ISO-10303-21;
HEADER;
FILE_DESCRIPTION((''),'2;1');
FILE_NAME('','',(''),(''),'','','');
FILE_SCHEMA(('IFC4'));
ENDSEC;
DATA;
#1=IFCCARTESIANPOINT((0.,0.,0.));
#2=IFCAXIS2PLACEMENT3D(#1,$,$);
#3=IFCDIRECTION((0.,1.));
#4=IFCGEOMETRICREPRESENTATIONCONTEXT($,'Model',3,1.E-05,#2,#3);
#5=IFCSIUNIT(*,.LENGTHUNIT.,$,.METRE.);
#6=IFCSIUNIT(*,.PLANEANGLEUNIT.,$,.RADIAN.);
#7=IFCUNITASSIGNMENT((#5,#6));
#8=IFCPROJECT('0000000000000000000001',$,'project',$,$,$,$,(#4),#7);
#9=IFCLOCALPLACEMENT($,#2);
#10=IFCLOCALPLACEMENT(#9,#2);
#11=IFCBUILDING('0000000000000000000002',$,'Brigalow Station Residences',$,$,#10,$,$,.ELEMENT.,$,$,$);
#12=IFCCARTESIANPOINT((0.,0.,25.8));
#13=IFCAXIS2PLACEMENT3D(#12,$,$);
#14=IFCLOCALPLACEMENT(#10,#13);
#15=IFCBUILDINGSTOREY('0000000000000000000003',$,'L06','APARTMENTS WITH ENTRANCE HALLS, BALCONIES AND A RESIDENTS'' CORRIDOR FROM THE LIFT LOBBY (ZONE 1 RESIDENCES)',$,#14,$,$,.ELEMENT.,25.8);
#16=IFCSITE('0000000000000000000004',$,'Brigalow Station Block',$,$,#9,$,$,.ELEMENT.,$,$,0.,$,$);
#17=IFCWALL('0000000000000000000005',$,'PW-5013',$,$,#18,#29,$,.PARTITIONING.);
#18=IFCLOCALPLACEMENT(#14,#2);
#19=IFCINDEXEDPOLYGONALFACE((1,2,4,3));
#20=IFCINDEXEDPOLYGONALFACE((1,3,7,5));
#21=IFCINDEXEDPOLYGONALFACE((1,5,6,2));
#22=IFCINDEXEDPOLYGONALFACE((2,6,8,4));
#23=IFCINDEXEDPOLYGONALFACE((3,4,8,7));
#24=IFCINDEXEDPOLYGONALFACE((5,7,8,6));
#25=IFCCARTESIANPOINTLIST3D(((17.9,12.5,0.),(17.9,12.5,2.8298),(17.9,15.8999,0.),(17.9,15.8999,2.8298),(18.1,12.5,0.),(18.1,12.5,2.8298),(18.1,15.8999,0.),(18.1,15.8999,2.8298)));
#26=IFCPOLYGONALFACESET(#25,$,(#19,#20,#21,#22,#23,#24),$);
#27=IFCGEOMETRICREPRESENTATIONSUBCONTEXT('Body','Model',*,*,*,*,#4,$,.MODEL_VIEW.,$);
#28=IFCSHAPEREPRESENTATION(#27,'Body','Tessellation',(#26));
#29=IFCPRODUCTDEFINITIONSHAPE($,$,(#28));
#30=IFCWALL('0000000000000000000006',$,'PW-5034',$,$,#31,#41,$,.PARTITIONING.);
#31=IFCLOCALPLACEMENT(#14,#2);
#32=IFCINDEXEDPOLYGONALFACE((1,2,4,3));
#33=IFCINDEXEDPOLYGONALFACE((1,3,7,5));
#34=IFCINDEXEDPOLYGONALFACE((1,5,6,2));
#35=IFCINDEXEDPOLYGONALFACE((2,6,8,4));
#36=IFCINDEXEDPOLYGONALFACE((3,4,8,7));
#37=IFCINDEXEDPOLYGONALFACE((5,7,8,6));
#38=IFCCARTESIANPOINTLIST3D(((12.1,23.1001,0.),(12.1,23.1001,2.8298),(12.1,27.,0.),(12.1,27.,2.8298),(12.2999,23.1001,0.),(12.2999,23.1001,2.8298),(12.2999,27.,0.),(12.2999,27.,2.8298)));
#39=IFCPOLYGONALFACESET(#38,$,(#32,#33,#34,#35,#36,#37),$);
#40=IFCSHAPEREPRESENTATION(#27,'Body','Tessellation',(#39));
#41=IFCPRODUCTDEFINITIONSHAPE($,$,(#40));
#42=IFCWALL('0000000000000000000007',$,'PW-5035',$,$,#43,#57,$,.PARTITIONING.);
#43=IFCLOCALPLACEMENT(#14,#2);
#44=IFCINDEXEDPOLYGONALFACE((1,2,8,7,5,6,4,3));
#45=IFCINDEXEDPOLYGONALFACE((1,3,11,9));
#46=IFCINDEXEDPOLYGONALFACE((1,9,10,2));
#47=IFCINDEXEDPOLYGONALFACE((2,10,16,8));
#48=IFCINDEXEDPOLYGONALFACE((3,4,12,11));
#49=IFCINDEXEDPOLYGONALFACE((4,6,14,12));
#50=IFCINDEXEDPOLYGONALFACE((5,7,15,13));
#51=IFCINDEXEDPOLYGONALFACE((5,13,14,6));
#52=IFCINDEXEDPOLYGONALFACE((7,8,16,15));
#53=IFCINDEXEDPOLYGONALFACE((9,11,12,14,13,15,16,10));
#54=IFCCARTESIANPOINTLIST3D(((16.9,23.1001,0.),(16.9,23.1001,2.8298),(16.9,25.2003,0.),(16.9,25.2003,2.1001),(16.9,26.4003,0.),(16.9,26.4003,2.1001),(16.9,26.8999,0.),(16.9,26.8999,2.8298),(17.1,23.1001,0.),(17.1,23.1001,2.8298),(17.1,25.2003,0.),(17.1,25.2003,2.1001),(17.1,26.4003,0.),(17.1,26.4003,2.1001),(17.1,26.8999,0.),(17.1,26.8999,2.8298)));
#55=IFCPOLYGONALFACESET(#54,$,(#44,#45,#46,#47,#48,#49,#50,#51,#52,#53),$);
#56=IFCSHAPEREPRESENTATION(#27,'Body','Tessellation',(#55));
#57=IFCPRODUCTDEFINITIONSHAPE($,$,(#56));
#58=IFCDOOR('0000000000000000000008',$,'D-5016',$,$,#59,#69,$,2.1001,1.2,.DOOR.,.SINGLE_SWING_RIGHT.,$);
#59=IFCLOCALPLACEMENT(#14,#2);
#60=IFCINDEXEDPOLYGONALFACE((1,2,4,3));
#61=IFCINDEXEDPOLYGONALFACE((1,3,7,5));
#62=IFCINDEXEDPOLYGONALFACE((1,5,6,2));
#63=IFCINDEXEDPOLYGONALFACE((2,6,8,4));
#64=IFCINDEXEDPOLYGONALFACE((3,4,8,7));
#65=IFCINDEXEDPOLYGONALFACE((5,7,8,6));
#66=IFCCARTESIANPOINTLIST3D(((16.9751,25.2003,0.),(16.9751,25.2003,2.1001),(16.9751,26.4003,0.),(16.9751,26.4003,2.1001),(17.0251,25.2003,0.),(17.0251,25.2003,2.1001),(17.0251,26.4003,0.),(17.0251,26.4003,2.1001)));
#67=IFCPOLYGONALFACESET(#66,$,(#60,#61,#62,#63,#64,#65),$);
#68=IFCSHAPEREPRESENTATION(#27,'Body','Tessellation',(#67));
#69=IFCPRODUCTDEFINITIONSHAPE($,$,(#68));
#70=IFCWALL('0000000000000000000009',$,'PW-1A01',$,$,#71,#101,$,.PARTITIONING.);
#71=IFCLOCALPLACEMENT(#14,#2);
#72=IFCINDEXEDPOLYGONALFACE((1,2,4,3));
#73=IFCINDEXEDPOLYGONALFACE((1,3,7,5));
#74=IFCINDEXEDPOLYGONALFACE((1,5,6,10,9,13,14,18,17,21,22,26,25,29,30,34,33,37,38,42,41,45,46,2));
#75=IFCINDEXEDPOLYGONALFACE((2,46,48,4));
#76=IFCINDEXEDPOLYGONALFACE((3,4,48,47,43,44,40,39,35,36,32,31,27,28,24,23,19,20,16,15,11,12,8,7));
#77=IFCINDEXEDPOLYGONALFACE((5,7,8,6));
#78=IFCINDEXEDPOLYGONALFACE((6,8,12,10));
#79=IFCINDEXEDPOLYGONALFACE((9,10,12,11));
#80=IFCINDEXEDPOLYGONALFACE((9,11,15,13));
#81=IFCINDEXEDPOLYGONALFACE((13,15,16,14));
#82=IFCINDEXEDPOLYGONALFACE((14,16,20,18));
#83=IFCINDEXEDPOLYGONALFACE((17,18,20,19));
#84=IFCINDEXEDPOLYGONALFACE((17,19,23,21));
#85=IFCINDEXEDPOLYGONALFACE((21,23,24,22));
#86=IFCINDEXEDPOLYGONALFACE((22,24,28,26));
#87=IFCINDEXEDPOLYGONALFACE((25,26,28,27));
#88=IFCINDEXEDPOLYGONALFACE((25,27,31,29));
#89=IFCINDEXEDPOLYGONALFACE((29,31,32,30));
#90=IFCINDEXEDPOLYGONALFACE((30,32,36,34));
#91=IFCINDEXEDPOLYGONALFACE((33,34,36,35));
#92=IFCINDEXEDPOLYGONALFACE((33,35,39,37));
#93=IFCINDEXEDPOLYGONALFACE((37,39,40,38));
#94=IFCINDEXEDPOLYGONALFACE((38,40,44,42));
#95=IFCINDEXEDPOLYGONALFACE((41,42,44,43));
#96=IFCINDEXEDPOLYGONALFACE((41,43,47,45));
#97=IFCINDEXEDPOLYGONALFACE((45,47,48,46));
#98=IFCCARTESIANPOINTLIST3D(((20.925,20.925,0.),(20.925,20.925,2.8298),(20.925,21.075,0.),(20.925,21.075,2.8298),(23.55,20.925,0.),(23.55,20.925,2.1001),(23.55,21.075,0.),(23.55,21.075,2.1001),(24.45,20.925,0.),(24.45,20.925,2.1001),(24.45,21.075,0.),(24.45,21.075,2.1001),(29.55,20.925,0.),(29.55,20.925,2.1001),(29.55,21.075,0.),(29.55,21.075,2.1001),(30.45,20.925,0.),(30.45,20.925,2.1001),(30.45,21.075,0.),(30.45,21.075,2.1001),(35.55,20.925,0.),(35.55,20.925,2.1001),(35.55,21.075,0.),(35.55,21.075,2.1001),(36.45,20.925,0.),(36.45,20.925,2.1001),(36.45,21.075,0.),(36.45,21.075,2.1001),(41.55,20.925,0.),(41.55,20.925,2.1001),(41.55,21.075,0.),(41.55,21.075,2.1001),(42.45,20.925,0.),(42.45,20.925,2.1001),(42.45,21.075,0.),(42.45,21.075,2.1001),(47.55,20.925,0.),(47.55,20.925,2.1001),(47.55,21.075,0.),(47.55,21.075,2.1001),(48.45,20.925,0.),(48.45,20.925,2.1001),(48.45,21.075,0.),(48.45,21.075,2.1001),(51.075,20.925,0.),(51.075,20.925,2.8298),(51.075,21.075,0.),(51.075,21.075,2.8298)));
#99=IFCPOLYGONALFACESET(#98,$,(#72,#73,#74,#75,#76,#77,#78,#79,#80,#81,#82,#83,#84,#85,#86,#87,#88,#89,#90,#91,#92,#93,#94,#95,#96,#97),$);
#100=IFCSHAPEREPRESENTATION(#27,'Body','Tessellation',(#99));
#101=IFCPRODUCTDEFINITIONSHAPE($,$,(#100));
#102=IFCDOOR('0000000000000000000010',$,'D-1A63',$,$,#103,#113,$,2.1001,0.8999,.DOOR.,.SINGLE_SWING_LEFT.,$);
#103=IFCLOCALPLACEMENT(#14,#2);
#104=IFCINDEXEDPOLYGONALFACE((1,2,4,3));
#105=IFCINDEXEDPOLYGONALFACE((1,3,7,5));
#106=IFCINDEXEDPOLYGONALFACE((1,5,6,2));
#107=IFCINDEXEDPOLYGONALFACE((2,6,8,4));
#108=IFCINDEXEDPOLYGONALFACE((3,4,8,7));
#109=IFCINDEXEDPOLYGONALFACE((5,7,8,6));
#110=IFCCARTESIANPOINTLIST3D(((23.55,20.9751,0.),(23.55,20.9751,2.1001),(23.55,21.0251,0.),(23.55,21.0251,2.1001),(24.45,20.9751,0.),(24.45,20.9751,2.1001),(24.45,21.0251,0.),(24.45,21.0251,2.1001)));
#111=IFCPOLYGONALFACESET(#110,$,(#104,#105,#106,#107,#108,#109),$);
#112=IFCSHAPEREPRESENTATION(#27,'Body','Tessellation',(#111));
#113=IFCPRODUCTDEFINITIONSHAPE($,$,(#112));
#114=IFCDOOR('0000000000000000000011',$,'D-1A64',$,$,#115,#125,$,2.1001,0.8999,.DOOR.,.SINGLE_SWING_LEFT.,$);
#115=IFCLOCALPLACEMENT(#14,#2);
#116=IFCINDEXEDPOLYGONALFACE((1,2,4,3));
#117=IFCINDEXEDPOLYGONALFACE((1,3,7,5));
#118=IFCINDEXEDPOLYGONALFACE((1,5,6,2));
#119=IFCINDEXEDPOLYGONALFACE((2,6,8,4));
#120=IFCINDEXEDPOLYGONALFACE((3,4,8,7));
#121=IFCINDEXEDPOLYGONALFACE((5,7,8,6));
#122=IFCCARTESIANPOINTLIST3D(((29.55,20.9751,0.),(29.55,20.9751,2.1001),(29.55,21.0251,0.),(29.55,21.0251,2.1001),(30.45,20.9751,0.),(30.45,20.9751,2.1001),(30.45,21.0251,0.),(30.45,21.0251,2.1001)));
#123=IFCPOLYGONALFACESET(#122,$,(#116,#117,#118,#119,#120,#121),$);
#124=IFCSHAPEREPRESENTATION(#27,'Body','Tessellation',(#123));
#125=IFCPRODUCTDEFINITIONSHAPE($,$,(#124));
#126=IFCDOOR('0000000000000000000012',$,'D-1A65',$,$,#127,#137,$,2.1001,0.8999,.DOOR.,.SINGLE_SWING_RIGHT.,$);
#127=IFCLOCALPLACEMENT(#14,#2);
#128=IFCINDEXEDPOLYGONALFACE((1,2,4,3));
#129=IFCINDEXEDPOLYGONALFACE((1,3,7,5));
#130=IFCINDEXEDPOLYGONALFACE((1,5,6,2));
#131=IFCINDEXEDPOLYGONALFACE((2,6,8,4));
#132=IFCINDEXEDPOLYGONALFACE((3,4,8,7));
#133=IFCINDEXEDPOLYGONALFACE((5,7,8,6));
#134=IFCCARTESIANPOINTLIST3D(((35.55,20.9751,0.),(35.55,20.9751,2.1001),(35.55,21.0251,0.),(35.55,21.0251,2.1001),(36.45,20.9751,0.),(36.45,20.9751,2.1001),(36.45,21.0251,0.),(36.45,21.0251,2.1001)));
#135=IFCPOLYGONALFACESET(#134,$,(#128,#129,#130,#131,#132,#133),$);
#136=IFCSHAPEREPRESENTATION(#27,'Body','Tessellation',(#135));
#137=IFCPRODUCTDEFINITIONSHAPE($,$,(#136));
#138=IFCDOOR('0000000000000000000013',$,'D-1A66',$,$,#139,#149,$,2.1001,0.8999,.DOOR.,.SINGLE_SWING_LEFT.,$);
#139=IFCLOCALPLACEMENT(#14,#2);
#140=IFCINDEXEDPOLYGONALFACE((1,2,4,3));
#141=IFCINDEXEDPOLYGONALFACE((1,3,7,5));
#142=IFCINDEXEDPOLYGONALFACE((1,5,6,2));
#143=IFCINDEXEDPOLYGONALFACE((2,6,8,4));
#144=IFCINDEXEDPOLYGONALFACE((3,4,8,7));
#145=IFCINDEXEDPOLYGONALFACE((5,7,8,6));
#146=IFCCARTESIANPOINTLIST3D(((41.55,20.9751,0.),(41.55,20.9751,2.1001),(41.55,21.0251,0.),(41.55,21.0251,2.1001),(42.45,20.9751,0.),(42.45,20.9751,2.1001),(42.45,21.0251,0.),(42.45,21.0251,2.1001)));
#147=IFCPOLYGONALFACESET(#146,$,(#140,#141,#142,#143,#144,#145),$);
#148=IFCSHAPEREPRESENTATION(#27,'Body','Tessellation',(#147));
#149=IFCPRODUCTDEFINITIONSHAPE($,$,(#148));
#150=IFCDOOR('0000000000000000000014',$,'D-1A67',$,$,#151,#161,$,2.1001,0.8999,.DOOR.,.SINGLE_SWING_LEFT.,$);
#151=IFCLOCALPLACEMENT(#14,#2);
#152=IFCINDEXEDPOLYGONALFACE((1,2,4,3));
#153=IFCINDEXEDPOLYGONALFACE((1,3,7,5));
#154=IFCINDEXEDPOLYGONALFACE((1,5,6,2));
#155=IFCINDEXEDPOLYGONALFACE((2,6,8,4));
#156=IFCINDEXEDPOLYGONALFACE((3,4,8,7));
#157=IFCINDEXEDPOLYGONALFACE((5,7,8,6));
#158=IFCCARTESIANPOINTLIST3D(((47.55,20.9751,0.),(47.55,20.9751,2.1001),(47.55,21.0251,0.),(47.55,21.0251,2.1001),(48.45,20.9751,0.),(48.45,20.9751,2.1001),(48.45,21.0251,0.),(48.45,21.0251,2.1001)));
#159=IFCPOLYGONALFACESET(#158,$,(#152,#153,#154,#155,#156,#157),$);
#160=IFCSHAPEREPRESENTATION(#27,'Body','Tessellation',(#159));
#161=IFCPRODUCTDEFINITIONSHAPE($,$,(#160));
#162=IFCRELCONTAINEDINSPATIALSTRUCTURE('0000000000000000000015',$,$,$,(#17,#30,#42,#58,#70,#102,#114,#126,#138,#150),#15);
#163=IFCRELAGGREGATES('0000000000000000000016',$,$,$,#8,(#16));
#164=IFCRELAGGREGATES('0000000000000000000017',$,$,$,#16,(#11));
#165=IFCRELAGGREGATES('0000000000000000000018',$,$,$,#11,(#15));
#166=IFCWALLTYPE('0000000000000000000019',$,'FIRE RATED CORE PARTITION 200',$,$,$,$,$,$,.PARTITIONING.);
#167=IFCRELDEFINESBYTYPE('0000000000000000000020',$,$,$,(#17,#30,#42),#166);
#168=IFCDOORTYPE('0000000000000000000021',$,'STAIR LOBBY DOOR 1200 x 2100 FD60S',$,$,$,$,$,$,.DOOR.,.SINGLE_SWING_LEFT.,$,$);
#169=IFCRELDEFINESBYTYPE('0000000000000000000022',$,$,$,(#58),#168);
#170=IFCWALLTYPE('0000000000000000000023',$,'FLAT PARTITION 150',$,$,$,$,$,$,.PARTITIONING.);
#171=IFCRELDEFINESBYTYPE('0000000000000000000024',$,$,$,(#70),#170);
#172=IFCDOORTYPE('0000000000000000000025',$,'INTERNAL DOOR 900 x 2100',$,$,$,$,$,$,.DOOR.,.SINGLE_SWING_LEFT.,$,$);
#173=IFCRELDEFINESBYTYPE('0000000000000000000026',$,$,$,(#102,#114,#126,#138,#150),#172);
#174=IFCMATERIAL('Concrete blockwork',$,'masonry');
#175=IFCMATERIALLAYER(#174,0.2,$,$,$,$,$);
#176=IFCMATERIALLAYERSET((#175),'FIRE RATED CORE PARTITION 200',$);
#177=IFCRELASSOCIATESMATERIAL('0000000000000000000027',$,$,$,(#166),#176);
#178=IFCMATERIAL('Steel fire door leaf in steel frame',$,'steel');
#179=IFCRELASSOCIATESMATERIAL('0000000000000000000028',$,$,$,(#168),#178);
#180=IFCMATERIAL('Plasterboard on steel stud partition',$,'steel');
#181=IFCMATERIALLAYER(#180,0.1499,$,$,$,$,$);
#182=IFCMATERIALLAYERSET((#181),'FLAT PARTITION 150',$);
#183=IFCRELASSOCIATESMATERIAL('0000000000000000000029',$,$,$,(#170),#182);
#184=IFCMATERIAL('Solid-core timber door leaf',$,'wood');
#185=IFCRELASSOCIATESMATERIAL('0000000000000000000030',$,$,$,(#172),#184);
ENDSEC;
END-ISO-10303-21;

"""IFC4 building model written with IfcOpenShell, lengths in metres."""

from ifc_helpers import new_model, si_unit, direction, frame, frame_2d, origin, place, context, subcontext, project, spatial, rectangle, extrude, material, layer, layer_set, type_object, element, fill, save


model = new_model("IFC4")

# Units and contexts
model_context = context("Model", 3, precision=1e-05, world=origin(), true_north=direction((0.0, 1.0)))
body_context = subcontext(model_context, "Body", "Model", "MODEL_VIEW")
ifc_project = project(units=[si_unit("LENGTHUNIT", "METRE"), si_unit("PLANEANGLEUNIT", "RADIAN")], contexts=[model_context])

# Site, building, storey
site_placement = place(None, origin())
site = spatial("IfcSite", under=ifc_project, at=site_placement, Name="Brigalow Station Block", CompositionType="ELEMENT", RefElevation=0.0)
building_placement = place(site_placement, origin())
building = spatial("IfcBuilding", under=site, at=building_placement, Name="Brigalow Station Residences", CompositionType="ELEMENT")
storey_placement = place(building_placement, frame((0.0, 0.0, 25.8)))
storey = spatial("IfcBuildingStorey", under=building, at=storey_placement, Name="L06", Description="APARTMENTS WITH ENTRANCE HALLS, BALCONIES AND A RESIDENTS' CORRIDOR FROM THE LIFT LOBBY (ZONE 1 RESIDENCES)", CompositionType="ELEMENT", Elevation=25.8)

# Walls
ifc_material_1 = material(Name="Concrete blockwork", Category="masonry")
ifc_layer_1 = layer(ifc_material_1, 0.2)
ifc_layer_set_1 = layer_set([ifc_layer_1], Name="FIRE RATED CORE PARTITION 200")
wall_type_1 = type_object("IfcWallType", Name="FIRE RATED CORE PARTITION 200", PredefinedType="PARTITIONING", material=ifc_layer_set_1)
wall_1_placement = place(storey_placement, frame((18.0, 12.5, 0.0), z_axis=(0.0, 0.0, 1.0), x_axis=(0.0, 1.0, 0.0)))
element("IfcWall", 1, at=wall_1_placement, inside=storey, type_object=wall_type_1, Name="PW-5013", PredefinedType="PARTITIONING", context=body_context, shape_type="SweptSolid", body=[
    extrude(rectangle(XDim=3.3999, YDim=0.2, at=frame_2d((1.7, 0.0))), origin(), (0.0, 0.0, 1.0), 2.8298),
])
wall_2_placement = place(storey_placement, frame((12.2, 23.1001, 0.0), z_axis=(0.0, 0.0, 1.0), x_axis=(0.0, 1.0, 0.0)))
element("IfcWall", 2, at=wall_2_placement, inside=storey, type_object=wall_type_1, Name="PW-5034", PredefinedType="PARTITIONING", context=body_context, shape_type="SweptSolid", body=[
    extrude(rectangle(XDim=3.8999, YDim=0.2, at=frame_2d((1.95, 0.0))), origin(), (0.0, 0.0, 1.0), 2.8298),
])

# Wall, opening, door
wall_3_placement = place(storey_placement, frame((17.0, 23.1001, 0.0), z_axis=(0.0, 0.0, 1.0), x_axis=(0.0, 1.0, 0.0)))
wall_3 = element("IfcWall", 3, at=wall_3_placement, inside=storey, type_object=wall_type_1, Name="PW-5035", PredefinedType="PARTITIONING", context=body_context, shape_type="SweptSolid", body=[
    extrude(rectangle(XDim=3.7998, YDim=0.2, at=frame_2d((1.8999, 0.0))), origin(), (0.0, 0.0, 1.0), 2.8298),
])
opening_1_placement = place(wall_3_placement, frame((2.1001, 0.0, 0.0)))
opening_1 = element("IfcOpeningElement", 4, at=opening_1_placement, cuts=wall_3, PredefinedType="OPENING", context=body_context, shape_type="SweptSolid", body=[
    extrude(rectangle(XDim=1.2, YDim=2.1001, at=frame_2d((0.6001, 1.05))), frame((0.0, 0.1099, 0.0), z_axis=(0.0, -1.0, 0.0), x_axis=(1.0, 0.0, 0.0)), (0.0, 0.0, 1.0), 0.22),
])
ifc_material_2 = material(Name="Steel fire door leaf in steel frame", Category="steel")
door_type_1 = type_object("IfcDoorType", Name="STAIR LOBBY DOOR 1200 x 2100 FD60S", OperationType="SINGLE_SWING_LEFT", PredefinedType="DOOR", material=ifc_material_2)
door_1_placement = place(opening_1_placement, origin())
door_1 = element("IfcDoor", 5, at=door_1_placement, inside=storey, type_object=door_type_1, Name="D-5016", OperationType="SINGLE_SWING_RIGHT", OverallHeight=2.1001, OverallWidth=1.2, PredefinedType="DOOR", context=body_context, shape_type="SweptSolid", body=[
    extrude(rectangle(XDim=1.2, YDim=2.1001, at=frame_2d((0.6001, 1.05))), frame((0.0, 0.0249, 0.0), z_axis=(0.0, -1.0, 0.0), x_axis=(1.0, 0.0, 0.0)), (0.0, 0.0, 1.0), 0.05),
])
fill(opening_1, door_1)

# Wall, openings, doors
ifc_material_3 = material(Name="Plasterboard on steel stud partition", Category="steel")
ifc_layer_2 = layer(ifc_material_3, 0.1499)
ifc_layer_set_2 = layer_set([ifc_layer_2], Name="FLAT PARTITION 150")
wall_type_2 = type_object("IfcWallType", Name="FLAT PARTITION 150", PredefinedType="PARTITIONING", material=ifc_layer_set_2)
wall_4_placement = place(storey_placement, frame((20.925, 21.0, 0.0), z_axis=(0.0, 0.0, 1.0), x_axis=(1.0, 0.0, 0.0)))
wall_4 = element("IfcWall", 6, at=wall_4_placement, inside=storey, type_object=wall_type_2, Name="PW-1A01", PredefinedType="PARTITIONING", context=body_context, shape_type="SweptSolid", body=[
    extrude(rectangle(XDim=30.1499, YDim=0.1499, at=frame_2d((15.075, 0.0))), origin(), (0.0, 0.0, 1.0), 2.8298),
])
opening_2_placement = place(wall_4_placement, frame((2.625, 0.0, 0.0)))
opening_2 = element("IfcOpeningElement", 7, at=opening_2_placement, cuts=wall_4, PredefinedType="OPENING", context=body_context, shape_type="SweptSolid", body=[
    extrude(rectangle(XDim=0.8999, YDim=2.1001, at=frame_2d((0.45, 1.05))), frame((0.0, 0.085, 0.0), z_axis=(0.0, -1.0, 0.0), x_axis=(1.0, 0.0, 0.0)), (0.0, 0.0, 1.0), 0.1699),
])
opening_3_placement = place(wall_4_placement, frame((8.625, 0.0, 0.0)))
opening_3 = element("IfcOpeningElement", 8, at=opening_3_placement, cuts=wall_4, PredefinedType="OPENING", context=body_context, shape_type="SweptSolid", body=[
    extrude(rectangle(XDim=0.8999, YDim=2.1001, at=frame_2d((0.45, 1.05))), frame((0.0, 0.085, 0.0), z_axis=(0.0, -1.0, 0.0), x_axis=(1.0, 0.0, 0.0)), (0.0, 0.0, 1.0), 0.1699),
])
opening_4_placement = place(wall_4_placement, frame((14.625, 0.0, 0.0)))
opening_4 = element("IfcOpeningElement", 9, at=opening_4_placement, cuts=wall_4, PredefinedType="OPENING", context=body_context, shape_type="SweptSolid", body=[
    extrude(rectangle(XDim=0.8999, YDim=2.1001, at=frame_2d((0.45, 1.05))), frame((0.0, 0.085, 0.0), z_axis=(0.0, -1.0, 0.0), x_axis=(1.0, 0.0, 0.0)), (0.0, 0.0, 1.0), 0.1699),
])
opening_5_placement = place(wall_4_placement, frame((20.625, 0.0, 0.0)))
opening_5 = element("IfcOpeningElement", 10, at=opening_5_placement, cuts=wall_4, PredefinedType="OPENING", context=body_context, shape_type="SweptSolid", body=[
    extrude(rectangle(XDim=0.8999, YDim=2.1001, at=frame_2d((0.45, 1.05))), frame((0.0, 0.085, 0.0), z_axis=(0.0, -1.0, 0.0), x_axis=(1.0, 0.0, 0.0)), (0.0, 0.0, 1.0), 0.1699),
])
opening_6_placement = place(wall_4_placement, frame((26.625, 0.0, 0.0)))
opening_6 = element("IfcOpeningElement", 11, at=opening_6_placement, cuts=wall_4, PredefinedType="OPENING", context=body_context, shape_type="SweptSolid", body=[
    extrude(rectangle(XDim=0.8999, YDim=2.1001, at=frame_2d((0.45, 1.05))), frame((0.0, 0.085, 0.0), z_axis=(0.0, -1.0, 0.0), x_axis=(1.0, 0.0, 0.0)), (0.0, 0.0, 1.0), 0.1699),
])
ifc_material_4 = material(Name="Solid-core timber door leaf", Category="wood")
door_type_2 = type_object("IfcDoorType", Name="INTERNAL DOOR 900 x 2100", OperationType="SINGLE_SWING_LEFT", PredefinedType="DOOR", material=ifc_material_4)
door_2_placement = place(opening_2_placement, frame((0.8999, 0.0, 0.0), z_axis=(0.0, 0.0, 1.0), x_axis=(-1.0, 0.0, 0.0)))
door_2 = element("IfcDoor", 12, at=door_2_placement, inside=storey, type_object=door_type_2, Name="D-1A63", OperationType="SINGLE_SWING_LEFT", OverallHeight=2.1001, OverallWidth=0.8999, PredefinedType="DOOR", context=body_context, shape_type="SweptSolid", body=[
    extrude(rectangle(XDim=0.8999, YDim=2.1001, at=frame_2d((0.45, 1.05))), frame((0.0, 0.0249, 0.0), z_axis=(0.0, -1.0, 0.0), x_axis=(1.0, 0.0, 0.0)), (0.0, 0.0, 1.0), 0.05),
])
fill(opening_2, door_2)
door_3_placement = place(opening_3_placement, frame((0.8999, 0.0, 0.0), z_axis=(0.0, 0.0, 1.0), x_axis=(-1.0, 0.0, 0.0)))
door_3 = element("IfcDoor", 13, at=door_3_placement, inside=storey, type_object=door_type_2, Name="D-1A64", OperationType="SINGLE_SWING_LEFT", OverallHeight=2.1001, OverallWidth=0.8999, PredefinedType="DOOR", context=body_context, shape_type="SweptSolid", body=[
    extrude(rectangle(XDim=0.8999, YDim=2.1001, at=frame_2d((0.45, 1.05))), frame((0.0, 0.0249, 0.0), z_axis=(0.0, -1.0, 0.0), x_axis=(1.0, 0.0, 0.0)), (0.0, 0.0, 1.0), 0.05),
])
fill(opening_3, door_3)
door_4_placement = place(opening_4_placement, frame((0.8999, 0.0, 0.0), z_axis=(0.0, 0.0, 1.0), x_axis=(-1.0, 0.0, 0.0)))
door_4 = element("IfcDoor", 14, at=door_4_placement, inside=storey, type_object=door_type_2, Name="D-1A65", OperationType="SINGLE_SWING_RIGHT", OverallHeight=2.1001, OverallWidth=0.8999, PredefinedType="DOOR", context=body_context, shape_type="SweptSolid", body=[
    extrude(rectangle(XDim=0.8999, YDim=2.1001, at=frame_2d((0.45, 1.05))), frame((0.0, 0.0249, 0.0), z_axis=(0.0, -1.0, 0.0), x_axis=(1.0, 0.0, 0.0)), (0.0, 0.0, 1.0), 0.05),
])
fill(opening_4, door_4)
door_5_placement = place(opening_5_placement, frame((0.8999, 0.0, 0.0), z_axis=(0.0, 0.0, 1.0), x_axis=(-1.0, 0.0, 0.0)))
door_5 = element("IfcDoor", 15, at=door_5_placement, inside=storey, type_object=door_type_2, Name="D-1A66", OperationType="SINGLE_SWING_LEFT", OverallHeight=2.1001, OverallWidth=0.8999, PredefinedType="DOOR", context=body_context, shape_type="SweptSolid", body=[
    extrude(rectangle(XDim=0.8999, YDim=2.1001, at=frame_2d((0.45, 1.05))), frame((0.0, 0.0249, 0.0), z_axis=(0.0, -1.0, 0.0), x_axis=(1.0, 0.0, 0.0)), (0.0, 0.0, 1.0), 0.05),
])
fill(opening_5, door_5)
door_6_placement = place(opening_6_placement, frame((0.8999, 0.0, 0.0), z_axis=(0.0, 0.0, 1.0), x_axis=(-1.0, 0.0, 0.0)))
door_6 = element("IfcDoor", 16, at=door_6_placement, inside=storey, type_object=door_type_2, Name="D-1A67", OperationType="SINGLE_SWING_LEFT", OverallHeight=2.1001, OverallWidth=0.8999, PredefinedType="DOOR", context=body_context, shape_type="SweptSolid", body=[
    extrude(rectangle(XDim=0.8999, YDim=2.1001, at=frame_2d((0.45, 1.05))), frame((0.0, 0.0249, 0.0), z_axis=(0.0, -1.0, 0.0), x_axis=(1.0, 0.0, 0.0)), (0.0, 0.0, 1.0), 0.05),
])
fill(opening_6, door_6)

save(model, "model.ifc")
